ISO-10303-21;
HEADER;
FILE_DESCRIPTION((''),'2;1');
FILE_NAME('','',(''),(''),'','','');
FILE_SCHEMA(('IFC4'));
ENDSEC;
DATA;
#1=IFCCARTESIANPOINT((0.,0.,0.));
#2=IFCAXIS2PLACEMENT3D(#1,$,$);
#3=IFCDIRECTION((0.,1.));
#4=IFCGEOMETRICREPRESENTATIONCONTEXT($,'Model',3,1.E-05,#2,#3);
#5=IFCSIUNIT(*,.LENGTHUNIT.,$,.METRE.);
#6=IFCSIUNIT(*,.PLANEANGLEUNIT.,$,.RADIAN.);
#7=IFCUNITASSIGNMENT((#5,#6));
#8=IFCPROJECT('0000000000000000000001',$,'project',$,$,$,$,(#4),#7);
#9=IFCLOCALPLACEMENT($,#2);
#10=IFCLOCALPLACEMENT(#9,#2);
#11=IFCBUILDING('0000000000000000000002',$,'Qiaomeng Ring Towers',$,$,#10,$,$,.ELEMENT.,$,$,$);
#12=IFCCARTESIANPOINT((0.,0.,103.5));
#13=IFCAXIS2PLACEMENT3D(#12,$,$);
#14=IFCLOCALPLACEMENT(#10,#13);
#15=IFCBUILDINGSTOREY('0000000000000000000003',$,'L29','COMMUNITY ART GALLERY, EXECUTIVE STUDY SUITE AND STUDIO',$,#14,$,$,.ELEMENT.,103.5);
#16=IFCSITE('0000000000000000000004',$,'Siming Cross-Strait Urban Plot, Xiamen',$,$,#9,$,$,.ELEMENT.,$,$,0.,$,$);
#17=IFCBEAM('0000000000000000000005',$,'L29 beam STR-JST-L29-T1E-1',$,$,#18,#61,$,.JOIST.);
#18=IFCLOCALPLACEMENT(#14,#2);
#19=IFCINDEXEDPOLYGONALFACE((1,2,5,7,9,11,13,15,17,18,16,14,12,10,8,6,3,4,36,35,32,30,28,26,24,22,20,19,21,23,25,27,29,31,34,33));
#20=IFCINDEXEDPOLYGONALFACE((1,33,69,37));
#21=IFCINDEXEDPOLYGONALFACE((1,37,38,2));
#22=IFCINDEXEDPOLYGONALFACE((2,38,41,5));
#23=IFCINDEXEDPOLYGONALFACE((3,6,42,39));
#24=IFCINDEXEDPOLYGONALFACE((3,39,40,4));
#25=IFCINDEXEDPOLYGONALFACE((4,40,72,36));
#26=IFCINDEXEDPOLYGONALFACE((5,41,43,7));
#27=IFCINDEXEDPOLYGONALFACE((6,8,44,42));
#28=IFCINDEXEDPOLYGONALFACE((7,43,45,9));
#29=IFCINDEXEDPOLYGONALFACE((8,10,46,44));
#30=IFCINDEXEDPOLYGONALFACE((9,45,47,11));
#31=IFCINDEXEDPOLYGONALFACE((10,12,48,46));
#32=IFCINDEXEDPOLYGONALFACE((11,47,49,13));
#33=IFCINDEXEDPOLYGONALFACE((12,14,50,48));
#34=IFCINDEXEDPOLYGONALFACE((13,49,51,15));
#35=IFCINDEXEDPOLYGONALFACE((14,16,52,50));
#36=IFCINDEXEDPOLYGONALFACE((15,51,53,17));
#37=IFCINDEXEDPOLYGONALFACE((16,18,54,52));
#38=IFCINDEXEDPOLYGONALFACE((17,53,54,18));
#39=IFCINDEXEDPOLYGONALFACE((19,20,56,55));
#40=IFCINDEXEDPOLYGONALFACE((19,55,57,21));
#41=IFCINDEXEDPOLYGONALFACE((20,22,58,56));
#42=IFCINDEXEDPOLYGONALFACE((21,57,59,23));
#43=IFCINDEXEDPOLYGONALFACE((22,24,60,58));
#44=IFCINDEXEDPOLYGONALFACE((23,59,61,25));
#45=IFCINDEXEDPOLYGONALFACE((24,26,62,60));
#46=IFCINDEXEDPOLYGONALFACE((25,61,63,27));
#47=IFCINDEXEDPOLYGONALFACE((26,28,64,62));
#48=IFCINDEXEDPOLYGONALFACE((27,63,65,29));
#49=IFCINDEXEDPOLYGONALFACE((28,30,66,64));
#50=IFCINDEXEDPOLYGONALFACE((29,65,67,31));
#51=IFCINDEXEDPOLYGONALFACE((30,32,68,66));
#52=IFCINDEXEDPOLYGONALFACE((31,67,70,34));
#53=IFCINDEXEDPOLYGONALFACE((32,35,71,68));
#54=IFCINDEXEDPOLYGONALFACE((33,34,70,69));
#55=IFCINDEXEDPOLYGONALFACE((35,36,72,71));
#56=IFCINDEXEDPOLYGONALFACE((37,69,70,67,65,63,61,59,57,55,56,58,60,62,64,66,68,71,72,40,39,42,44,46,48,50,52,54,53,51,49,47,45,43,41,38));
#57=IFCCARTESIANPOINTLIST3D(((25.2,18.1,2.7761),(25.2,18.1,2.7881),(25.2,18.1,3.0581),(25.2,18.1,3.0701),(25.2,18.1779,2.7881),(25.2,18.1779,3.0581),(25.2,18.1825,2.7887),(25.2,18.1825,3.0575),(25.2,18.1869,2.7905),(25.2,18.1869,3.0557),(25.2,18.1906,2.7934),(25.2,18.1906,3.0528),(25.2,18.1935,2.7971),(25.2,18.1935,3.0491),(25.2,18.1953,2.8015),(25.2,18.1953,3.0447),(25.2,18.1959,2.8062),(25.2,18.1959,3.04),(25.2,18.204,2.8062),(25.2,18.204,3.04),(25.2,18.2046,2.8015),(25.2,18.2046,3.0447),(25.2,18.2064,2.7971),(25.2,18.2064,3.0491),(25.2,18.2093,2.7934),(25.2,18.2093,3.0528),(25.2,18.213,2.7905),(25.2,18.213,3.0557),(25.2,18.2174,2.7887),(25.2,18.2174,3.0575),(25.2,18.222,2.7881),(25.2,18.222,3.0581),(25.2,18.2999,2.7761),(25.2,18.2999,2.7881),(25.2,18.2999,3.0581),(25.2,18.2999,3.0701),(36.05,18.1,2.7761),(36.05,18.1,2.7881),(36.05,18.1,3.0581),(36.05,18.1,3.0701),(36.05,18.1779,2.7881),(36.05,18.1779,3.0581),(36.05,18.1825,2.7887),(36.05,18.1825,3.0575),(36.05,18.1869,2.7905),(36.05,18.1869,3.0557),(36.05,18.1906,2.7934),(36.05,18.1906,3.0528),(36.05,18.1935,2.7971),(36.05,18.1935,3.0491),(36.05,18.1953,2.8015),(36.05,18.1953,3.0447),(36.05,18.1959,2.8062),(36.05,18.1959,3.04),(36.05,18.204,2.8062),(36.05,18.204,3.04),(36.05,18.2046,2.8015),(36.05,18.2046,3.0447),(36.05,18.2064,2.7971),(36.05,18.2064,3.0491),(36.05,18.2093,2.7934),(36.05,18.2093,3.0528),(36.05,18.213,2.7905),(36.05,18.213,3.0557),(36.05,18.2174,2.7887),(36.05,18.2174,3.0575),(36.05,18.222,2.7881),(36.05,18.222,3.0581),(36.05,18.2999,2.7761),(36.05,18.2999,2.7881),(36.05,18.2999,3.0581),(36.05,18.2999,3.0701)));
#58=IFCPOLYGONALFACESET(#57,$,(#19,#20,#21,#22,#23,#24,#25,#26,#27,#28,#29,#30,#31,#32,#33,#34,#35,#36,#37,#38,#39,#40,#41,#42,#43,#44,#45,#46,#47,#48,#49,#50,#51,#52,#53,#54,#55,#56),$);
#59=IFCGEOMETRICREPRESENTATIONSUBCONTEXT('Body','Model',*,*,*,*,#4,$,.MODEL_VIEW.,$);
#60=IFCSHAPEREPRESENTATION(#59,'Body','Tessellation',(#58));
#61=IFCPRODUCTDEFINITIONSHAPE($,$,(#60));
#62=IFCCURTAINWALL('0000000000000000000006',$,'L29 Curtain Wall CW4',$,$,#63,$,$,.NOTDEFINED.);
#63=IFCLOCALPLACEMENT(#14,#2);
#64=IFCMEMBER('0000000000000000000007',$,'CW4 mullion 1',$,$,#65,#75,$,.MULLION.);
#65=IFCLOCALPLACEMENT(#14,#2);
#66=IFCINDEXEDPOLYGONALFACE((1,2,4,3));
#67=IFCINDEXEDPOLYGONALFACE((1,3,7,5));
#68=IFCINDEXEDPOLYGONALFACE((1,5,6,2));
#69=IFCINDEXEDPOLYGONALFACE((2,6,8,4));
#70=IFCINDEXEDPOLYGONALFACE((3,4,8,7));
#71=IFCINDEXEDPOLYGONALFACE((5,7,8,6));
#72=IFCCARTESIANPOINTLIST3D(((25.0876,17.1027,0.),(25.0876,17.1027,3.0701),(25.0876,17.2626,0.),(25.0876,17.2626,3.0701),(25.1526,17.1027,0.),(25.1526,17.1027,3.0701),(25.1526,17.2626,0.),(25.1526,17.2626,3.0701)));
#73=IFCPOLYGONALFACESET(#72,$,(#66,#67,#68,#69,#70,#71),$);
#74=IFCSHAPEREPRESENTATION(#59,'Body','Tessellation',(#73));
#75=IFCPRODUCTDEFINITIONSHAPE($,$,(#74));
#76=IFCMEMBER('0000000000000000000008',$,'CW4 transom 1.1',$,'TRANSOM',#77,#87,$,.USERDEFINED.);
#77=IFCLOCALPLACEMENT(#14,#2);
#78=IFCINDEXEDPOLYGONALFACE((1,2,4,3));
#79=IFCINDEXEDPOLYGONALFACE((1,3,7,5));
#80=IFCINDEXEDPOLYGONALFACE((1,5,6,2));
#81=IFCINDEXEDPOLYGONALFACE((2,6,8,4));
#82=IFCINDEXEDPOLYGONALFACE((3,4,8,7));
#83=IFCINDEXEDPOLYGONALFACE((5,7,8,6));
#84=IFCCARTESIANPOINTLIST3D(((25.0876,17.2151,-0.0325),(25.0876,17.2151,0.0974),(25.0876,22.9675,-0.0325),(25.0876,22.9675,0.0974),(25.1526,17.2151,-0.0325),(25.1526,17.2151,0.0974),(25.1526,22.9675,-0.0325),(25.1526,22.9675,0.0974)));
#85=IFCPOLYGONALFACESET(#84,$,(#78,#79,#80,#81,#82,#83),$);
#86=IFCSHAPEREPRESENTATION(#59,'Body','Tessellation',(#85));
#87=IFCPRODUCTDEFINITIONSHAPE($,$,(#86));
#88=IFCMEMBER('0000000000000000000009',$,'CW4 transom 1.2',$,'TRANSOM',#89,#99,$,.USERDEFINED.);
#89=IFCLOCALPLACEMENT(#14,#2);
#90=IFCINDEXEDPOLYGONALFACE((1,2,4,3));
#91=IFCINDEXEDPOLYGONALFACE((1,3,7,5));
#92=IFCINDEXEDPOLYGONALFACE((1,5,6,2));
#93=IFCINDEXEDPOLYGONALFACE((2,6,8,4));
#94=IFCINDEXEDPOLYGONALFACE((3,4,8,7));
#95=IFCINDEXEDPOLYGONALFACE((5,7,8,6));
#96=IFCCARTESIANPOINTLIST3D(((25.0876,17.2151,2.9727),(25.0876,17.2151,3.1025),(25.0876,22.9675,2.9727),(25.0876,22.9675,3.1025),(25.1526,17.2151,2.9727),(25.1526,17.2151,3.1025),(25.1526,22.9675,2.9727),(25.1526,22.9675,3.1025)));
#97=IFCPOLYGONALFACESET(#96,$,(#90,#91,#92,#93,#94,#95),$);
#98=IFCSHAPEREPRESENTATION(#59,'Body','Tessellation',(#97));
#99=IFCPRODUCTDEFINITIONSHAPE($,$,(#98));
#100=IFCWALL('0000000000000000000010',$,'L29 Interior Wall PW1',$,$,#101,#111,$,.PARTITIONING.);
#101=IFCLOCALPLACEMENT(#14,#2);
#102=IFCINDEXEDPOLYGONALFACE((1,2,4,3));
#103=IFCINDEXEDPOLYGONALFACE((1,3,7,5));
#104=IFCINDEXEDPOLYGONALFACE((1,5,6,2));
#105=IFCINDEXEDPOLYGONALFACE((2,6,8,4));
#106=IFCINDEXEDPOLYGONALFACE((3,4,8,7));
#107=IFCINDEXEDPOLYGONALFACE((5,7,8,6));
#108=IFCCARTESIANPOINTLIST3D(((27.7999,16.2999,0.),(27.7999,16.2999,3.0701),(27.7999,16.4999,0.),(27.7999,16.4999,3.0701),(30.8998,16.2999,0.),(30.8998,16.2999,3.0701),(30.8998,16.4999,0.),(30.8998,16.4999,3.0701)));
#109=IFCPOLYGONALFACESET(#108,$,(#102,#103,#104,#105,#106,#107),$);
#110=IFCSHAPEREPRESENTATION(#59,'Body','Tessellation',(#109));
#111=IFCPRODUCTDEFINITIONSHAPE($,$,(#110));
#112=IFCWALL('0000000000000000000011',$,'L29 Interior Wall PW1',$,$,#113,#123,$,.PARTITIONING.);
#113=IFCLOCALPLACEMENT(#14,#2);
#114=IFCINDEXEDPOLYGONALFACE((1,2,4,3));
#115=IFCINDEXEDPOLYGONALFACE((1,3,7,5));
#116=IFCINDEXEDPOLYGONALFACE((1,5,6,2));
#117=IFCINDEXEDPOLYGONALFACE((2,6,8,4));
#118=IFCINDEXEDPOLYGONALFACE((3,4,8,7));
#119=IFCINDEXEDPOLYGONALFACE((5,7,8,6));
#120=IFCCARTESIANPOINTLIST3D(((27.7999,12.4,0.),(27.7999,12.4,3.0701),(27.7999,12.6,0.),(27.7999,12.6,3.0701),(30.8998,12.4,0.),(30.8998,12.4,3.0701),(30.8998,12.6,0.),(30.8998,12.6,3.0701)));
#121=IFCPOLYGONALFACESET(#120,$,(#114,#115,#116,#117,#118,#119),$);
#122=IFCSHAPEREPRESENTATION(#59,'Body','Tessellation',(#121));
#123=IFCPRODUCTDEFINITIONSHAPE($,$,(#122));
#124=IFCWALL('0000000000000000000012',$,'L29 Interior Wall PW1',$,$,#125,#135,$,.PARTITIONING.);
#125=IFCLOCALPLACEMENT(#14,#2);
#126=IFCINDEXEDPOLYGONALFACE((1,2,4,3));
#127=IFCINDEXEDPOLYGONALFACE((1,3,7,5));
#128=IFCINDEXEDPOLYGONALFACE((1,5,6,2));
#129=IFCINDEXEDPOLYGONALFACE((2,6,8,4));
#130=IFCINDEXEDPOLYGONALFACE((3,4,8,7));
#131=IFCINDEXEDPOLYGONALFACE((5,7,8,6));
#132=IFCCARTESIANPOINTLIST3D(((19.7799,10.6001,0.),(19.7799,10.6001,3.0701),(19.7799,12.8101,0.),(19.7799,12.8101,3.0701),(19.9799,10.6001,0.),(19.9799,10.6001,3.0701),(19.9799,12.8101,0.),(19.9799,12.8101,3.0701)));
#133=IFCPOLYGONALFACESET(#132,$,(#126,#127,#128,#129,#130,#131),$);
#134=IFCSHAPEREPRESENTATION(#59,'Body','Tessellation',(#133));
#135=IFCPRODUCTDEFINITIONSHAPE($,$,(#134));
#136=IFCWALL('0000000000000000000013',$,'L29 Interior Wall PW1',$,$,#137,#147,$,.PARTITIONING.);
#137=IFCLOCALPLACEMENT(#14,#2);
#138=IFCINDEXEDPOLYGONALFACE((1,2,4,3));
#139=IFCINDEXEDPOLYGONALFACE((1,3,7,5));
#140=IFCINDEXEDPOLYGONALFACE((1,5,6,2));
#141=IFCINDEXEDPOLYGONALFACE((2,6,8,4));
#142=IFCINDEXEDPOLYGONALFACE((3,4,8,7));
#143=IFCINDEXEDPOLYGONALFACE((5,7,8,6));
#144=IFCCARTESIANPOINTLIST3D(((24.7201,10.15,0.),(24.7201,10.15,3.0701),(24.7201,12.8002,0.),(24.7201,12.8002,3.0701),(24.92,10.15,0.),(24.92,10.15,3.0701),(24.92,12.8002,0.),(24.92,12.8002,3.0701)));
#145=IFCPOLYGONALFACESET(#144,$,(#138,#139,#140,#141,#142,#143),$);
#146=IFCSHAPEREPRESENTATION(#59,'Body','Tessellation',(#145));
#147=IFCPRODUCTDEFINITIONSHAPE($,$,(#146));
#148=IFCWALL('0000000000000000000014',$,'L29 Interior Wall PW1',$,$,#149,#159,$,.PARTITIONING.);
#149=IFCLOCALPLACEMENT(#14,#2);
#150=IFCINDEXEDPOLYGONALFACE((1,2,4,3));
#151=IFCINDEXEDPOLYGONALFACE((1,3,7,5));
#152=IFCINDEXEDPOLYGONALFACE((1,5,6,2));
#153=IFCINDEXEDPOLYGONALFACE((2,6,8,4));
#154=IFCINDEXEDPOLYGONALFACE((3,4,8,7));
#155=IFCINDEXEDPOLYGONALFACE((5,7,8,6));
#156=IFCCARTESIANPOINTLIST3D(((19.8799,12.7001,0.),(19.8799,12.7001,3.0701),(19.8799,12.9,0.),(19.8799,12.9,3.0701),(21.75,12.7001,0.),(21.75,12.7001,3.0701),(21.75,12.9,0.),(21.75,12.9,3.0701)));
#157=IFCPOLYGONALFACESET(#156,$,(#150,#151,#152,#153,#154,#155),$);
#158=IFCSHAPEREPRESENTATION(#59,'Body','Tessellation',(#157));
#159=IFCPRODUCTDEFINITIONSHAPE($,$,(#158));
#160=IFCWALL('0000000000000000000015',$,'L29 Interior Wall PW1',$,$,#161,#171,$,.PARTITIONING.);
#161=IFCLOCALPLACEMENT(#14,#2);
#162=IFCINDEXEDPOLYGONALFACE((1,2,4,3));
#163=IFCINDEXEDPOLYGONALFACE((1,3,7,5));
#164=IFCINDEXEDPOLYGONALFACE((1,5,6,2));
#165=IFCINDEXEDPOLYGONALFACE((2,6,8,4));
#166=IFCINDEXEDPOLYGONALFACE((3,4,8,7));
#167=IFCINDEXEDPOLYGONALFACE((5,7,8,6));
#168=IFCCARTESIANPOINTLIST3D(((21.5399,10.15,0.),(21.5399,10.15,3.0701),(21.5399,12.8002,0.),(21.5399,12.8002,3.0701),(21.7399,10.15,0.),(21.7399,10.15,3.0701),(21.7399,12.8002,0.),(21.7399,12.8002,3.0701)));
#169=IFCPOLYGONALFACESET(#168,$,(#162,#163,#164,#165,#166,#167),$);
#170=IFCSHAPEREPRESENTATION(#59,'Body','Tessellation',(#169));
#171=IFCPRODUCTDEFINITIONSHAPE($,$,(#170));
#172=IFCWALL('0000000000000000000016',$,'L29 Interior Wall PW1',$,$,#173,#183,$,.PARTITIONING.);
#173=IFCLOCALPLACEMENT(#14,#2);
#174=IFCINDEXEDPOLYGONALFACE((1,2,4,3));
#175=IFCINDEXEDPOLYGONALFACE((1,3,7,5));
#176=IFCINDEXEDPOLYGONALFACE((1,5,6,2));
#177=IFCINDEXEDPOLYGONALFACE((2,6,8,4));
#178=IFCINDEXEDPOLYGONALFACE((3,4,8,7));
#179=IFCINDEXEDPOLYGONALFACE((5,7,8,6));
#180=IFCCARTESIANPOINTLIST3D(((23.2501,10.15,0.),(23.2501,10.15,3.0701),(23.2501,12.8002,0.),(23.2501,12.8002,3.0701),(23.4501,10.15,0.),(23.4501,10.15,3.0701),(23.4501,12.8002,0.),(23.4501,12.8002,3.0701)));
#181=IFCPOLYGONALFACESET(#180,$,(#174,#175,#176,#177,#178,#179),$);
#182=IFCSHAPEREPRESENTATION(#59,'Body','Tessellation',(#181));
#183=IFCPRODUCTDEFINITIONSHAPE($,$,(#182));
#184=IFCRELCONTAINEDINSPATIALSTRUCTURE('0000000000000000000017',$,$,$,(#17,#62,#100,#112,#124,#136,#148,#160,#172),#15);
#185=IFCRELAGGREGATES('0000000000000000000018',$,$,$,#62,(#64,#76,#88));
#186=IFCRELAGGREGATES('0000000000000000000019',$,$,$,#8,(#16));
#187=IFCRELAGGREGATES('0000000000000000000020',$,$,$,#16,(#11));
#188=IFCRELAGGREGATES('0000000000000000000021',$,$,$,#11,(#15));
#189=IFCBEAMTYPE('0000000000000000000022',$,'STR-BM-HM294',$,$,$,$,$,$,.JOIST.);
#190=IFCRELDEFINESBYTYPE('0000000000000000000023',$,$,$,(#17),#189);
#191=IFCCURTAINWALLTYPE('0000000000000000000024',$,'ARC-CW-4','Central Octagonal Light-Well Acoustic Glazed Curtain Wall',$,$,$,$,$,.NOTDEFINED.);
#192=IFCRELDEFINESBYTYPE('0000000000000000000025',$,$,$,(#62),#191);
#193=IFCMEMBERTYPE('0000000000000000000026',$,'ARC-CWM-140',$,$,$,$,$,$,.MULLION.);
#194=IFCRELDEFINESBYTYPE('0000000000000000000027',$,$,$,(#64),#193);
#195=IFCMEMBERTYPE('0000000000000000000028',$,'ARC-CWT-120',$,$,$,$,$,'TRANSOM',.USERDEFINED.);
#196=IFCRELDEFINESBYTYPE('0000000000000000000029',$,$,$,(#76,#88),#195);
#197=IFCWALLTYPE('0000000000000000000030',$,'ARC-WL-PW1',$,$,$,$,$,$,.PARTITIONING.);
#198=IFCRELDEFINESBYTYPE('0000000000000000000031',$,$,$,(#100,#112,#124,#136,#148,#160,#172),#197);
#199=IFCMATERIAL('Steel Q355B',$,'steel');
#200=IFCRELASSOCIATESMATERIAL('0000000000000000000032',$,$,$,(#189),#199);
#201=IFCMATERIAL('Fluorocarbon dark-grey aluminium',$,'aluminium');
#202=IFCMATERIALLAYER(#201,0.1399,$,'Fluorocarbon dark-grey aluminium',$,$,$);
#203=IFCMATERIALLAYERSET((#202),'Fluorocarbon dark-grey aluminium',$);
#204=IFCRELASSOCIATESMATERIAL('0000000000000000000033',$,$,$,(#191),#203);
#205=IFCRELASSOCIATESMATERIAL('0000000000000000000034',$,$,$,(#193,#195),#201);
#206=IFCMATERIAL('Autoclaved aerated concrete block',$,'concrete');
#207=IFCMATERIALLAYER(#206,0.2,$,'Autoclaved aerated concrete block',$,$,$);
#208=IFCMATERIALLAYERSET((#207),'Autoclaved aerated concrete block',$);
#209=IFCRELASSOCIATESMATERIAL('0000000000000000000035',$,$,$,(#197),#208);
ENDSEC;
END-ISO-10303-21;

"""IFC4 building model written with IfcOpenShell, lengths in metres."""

from ifc_helpers import new_model, si_unit, direction, frame, frame_2d, origin, origin_2d, place, context, subcontext, project, spatial, rectangle, i_section, extrude, source, transform, mapped, material, layer, layer_set, material_profile, profile_set, type_object, element, aggregate, save


model = new_model("IFC4")

# Units and contexts
model_context = context("Model", 3, precision=1e-05, world=origin(), true_north=direction((0.0, 1.0)))
body_context = subcontext(model_context, "Body", "Model", "MODEL_VIEW")
ifc_project = project(units=[si_unit("LENGTHUNIT", "METRE"), si_unit("PLANEANGLEUNIT", "RADIAN")], contexts=[model_context])

# Site, building, storey
site_placement = place(None, origin())
site = spatial("IfcSite", under=ifc_project, at=site_placement, Name="Siming Cross-Strait Urban Plot, Xiamen", CompositionType="ELEMENT", RefElevation=0.0)
building_placement = place(site_placement, origin())
building = spatial("IfcBuilding", under=site, at=building_placement, Name="Qiaomeng Ring Towers", CompositionType="ELEMENT")
storey_placement = place(building_placement, frame((0.0, 0.0, 103.5)))
storey = spatial("IfcBuildingStorey", under=building, at=storey_placement, Name="L29", Description="COMMUNITY ART GALLERY, EXECUTIVE STUDY SUITE AND STUDIO", CompositionType="ELEMENT", Elevation=103.5)

# Beam
ifc_material_1 = material(Name="Steel Q355B", Category="steel")
ifc_material_profile_1 = material_profile(ifc_material_1, i_section(OverallWidth=0.2, OverallDepth=0.2939, WebThickness=0.0081, FlangeThickness=0.012, FilletRadius=0.0181, at=origin_2d()), Name="HM 294x200x8x12")
ifc_profile_set_1 = profile_set([ifc_material_profile_1], Name="Steel Q355B")
beam_type_1 = type_object("IfcBeamType", Name="STR-BM-HM294", PredefinedType="JOIST", material=ifc_profile_set_1)
shared_shape_1 = source(origin(), body_context, "Body", "SweptSolid", [
    extrude(i_section(OverallWidth=0.2, OverallDepth=0.2939, WebThickness=0.0081, FlangeThickness=0.012, FilletRadius=0.0181, at=origin_2d()), origin(), (0.0, 0.0, 1.0), 10.8501),
])
beam_1_placement = place(storey_placement, frame((25.2, 18.2, 2.9231), z_axis=(1.0, 0.0, 0.0), x_axis=(0.0, 1.0, 0.0)))
element("IfcBeam", 1, at=beam_1_placement, inside=storey, type_object=beam_type_1, Name="L29 beam STR-JST-L29-T1E-1", PredefinedType="JOIST", context=body_context, shape_type="MappedRepresentation", body=[
    mapped(shared_shape_1, transform((0.0, 0.0, 0.0), x_axis=(1.0, 0.0, 0.0), y_axis=(0.0, 1.0, 0.0), z_axis=(0.0, 0.0, 1.0), scale=1.0)),
])

# Curtain wall, members
ifc_material_2 = material(Name="Fluorocarbon dark-grey aluminium", Category="aluminium")
ifc_layer_1 = layer(ifc_material_2, 0.1399, Name="Fluorocarbon dark-grey aluminium")
ifc_layer_set_1 = layer_set([ifc_layer_1], Name="Fluorocarbon dark-grey aluminium")
curtain_wall_type = type_object("IfcCurtainWallType", Name="ARC-CW-4", Description="Central Octagonal Light-Well Acoustic Glazed Curtain Wall", PredefinedType="NOTDEFINED", material=ifc_layer_set_1)
curtain_wall_placement = place(storey_placement, origin())
curtain_wall = element("IfcCurtainWall", 2, at=curtain_wall_placement, inside=storey, type_object=curtain_wall_type, Name="L29 Curtain Wall CW4", PredefinedType="NOTDEFINED")
ifc_material_profile_2 = material_profile(ifc_material_2, rectangle(XDim=0.0649, YDim=0.1599, at=origin_2d()), Name="ALU MULL 65x160")
ifc_profile_set_2 = profile_set([ifc_material_profile_2], Name="Fluorocarbon dark-grey aluminium")
member_type_1 = type_object("IfcMemberType", Name="ARC-CWM-140", PredefinedType="MULLION", material=ifc_profile_set_2)
shared_shape_2 = source(origin(), body_context, "Body", "SweptSolid", [
    extrude(rectangle(XDim=0.0649, YDim=0.1599, at=origin_2d()), origin(), (0.0, 0.0, 1.0), 3.0701),
])
member_1_placement = place(storey_placement, frame((25.1201, 17.1826, 0.0), z_axis=(0.0, 0.0, 1.0), x_axis=(-1.0, 0.0, 0.0)))
member_1 = element("IfcMember", 3, at=member_1_placement, type_object=member_type_1, Name="CW4 mullion 1", PredefinedType="MULLION", context=body_context, shape_type="MappedRepresentation", body=[
    mapped(shared_shape_2, transform((0.0, 0.0, 0.0), x_axis=(1.0, 0.0, 0.0), y_axis=(0.0, 1.0, 0.0), z_axis=(0.0, 0.0, 1.0), scale=1.0)),
])
ifc_material_profile_3 = material_profile(ifc_material_2, rectangle(XDim=0.0649, YDim=0.1299, at=origin_2d()), Name="ALU TRAN 65x130")
ifc_profile_set_3 = profile_set([ifc_material_profile_3], Name="Fluorocarbon dark-grey aluminium")
member_type_2 = type_object("IfcMemberType", Name="ARC-CWT-120", ElementType="TRANSOM", PredefinedType="USERDEFINED", material=ifc_profile_set_3)
shared_shape_3 = source(origin(), body_context, "Body", "SweptSolid", [
    extrude(rectangle(XDim=0.0649, YDim=0.1299, at=origin_2d()), origin(), (0.0, 0.0, 1.0), 5.7524),
])
member_2_placement = place(storey_placement, frame((25.1201, 17.2151, 0.0325), z_axis=(0.0, 1.0, 0.0), x_axis=(-1.0, 0.0, 0.0)))
member_2 = element("IfcMember", 4, at=member_2_placement, type_object=member_type_2, Name="CW4 transom 1.1", ObjectType="TRANSOM", PredefinedType="USERDEFINED", context=body_context, shape_type="MappedRepresentation", body=[
    mapped(shared_shape_3, transform((0.0, 0.0, 0.0), x_axis=(1.0, 0.0, 0.0), y_axis=(0.0, 1.0, 0.0), z_axis=(0.0, 0.0, 1.0), scale=1.0)),
])
member_3_placement = place(storey_placement, frame((25.1201, 17.2151, 3.0376), z_axis=(0.0, 1.0, 0.0), x_axis=(-1.0, 0.0, 0.0)))
member_3 = element("IfcMember", 5, at=member_3_placement, type_object=member_type_2, Name="CW4 transom 1.2", ObjectType="TRANSOM", PredefinedType="USERDEFINED", context=body_context, shape_type="MappedRepresentation", body=[
    mapped(shared_shape_3, transform((0.0, 0.0, 0.0), x_axis=(1.0, 0.0, 0.0), y_axis=(0.0, 1.0, 0.0), z_axis=(0.0, 0.0, 1.0), scale=1.0)),
])
aggregate(curtain_wall, [member_1, member_2, member_3])

# Walls
ifc_material_3 = material(Name="Autoclaved aerated concrete block", Category="concrete")
ifc_layer_2 = layer(ifc_material_3, 0.2, Name="Autoclaved aerated concrete block")
ifc_layer_set_2 = layer_set([ifc_layer_2], Name="Autoclaved aerated concrete block")
wall_type_1 = type_object("IfcWallType", Name="ARC-WL-PW1", PredefinedType="PARTITIONING", material=ifc_layer_set_2)
for number, where, z_axis, x_axis, name in (
    (6, (27.8, 16.3999, 0.0), (0.0, 0.0, 1.0), (1.0, 0.0, 0.0), "L29 Interior Wall PW1"),
    (7, (27.8, 12.5, 0.0), (0.0, 0.0, 1.0), (1.0, 0.0, 0.0), "L29 Interior Wall PW1"),
):
    element("IfcWall", number, at=place(storey_placement, frame(where, z_axis=z_axis, x_axis=x_axis)), inside=storey, type_object=wall_type_1, Name=name, PredefinedType="PARTITIONING", context=body_context, shape_type="SweptSolid", body=[
        extrude(rectangle(XDim=3.0999, YDim=0.2, at=frame_2d((1.5498, 0.0))), origin(), (0.0, 0.0, 1.0), 3.0701),
    ])
wall_1_placement = place(storey_placement, frame((19.8799, 10.6001, 0.0), z_axis=(0.0, 0.0, 1.0), x_axis=(0.0, 1.0, 0.0)))
element("IfcWall", 8, at=wall_1_placement, inside=storey, type_object=wall_type_1, Name="L29 Interior Wall PW1", PredefinedType="PARTITIONING", context=body_context, shape_type="SweptSolid", body=[
    extrude(rectangle(XDim=2.21, YDim=0.2, at=frame_2d((1.105, 0.0))), origin(), (0.0, 0.0, 1.0), 3.0701),
])
wall_2_placement = place(storey_placement, frame((24.8201, 10.1499, 0.0), z_axis=(0.0, 0.0, 1.0), x_axis=(0.0, 1.0, 0.0)))
element("IfcWall", 9, at=wall_2_placement, inside=storey, type_object=wall_type_1, Name="L29 Interior Wall PW1", PredefinedType="PARTITIONING", context=body_context, shape_type="SweptSolid", body=[
    extrude(rectangle(XDim=2.6501, YDim=0.2, at=frame_2d((1.3252, 0.0))), origin(), (0.0, 0.0, 1.0), 3.0701),
])
wall_3_placement = place(storey_placement, frame((19.8799, 12.8, 0.0), z_axis=(0.0, 0.0, 1.0), x_axis=(1.0, 0.0, 0.0)))
element("IfcWall", 10, at=wall_3_placement, inside=storey, type_object=wall_type_1, Name="L29 Interior Wall PW1", PredefinedType="PARTITIONING", context=body_context, shape_type="SweptSolid", body=[
    extrude(rectangle(XDim=1.8701, YDim=0.2, at=frame_2d((0.9351, 0.0))), origin(), (0.0, 0.0, 1.0), 3.0701),
])
for number, where, z_axis, x_axis, name in (
    (11, (21.6399, 10.1499, 0.0), (0.0, 0.0, 1.0), (0.0, 1.0, 0.0), "L29 Interior Wall PW1"),
    (12, (23.3501, 10.1499, 0.0), (0.0, 0.0, 1.0), (0.0, 1.0, 0.0), "L29 Interior Wall PW1"),
):
    element("IfcWall", number, at=place(storey_placement, frame(where, z_axis=z_axis, x_axis=x_axis)), inside=storey, type_object=wall_type_1, Name=name, PredefinedType="PARTITIONING", context=body_context, shape_type="SweptSolid", body=[
        extrude(rectangle(XDim=2.6501, YDim=0.2, at=frame_2d((1.3252, 0.0))), origin(), (0.0, 0.0, 1.0), 3.0701),
    ])

save(model, "model.ifc")
